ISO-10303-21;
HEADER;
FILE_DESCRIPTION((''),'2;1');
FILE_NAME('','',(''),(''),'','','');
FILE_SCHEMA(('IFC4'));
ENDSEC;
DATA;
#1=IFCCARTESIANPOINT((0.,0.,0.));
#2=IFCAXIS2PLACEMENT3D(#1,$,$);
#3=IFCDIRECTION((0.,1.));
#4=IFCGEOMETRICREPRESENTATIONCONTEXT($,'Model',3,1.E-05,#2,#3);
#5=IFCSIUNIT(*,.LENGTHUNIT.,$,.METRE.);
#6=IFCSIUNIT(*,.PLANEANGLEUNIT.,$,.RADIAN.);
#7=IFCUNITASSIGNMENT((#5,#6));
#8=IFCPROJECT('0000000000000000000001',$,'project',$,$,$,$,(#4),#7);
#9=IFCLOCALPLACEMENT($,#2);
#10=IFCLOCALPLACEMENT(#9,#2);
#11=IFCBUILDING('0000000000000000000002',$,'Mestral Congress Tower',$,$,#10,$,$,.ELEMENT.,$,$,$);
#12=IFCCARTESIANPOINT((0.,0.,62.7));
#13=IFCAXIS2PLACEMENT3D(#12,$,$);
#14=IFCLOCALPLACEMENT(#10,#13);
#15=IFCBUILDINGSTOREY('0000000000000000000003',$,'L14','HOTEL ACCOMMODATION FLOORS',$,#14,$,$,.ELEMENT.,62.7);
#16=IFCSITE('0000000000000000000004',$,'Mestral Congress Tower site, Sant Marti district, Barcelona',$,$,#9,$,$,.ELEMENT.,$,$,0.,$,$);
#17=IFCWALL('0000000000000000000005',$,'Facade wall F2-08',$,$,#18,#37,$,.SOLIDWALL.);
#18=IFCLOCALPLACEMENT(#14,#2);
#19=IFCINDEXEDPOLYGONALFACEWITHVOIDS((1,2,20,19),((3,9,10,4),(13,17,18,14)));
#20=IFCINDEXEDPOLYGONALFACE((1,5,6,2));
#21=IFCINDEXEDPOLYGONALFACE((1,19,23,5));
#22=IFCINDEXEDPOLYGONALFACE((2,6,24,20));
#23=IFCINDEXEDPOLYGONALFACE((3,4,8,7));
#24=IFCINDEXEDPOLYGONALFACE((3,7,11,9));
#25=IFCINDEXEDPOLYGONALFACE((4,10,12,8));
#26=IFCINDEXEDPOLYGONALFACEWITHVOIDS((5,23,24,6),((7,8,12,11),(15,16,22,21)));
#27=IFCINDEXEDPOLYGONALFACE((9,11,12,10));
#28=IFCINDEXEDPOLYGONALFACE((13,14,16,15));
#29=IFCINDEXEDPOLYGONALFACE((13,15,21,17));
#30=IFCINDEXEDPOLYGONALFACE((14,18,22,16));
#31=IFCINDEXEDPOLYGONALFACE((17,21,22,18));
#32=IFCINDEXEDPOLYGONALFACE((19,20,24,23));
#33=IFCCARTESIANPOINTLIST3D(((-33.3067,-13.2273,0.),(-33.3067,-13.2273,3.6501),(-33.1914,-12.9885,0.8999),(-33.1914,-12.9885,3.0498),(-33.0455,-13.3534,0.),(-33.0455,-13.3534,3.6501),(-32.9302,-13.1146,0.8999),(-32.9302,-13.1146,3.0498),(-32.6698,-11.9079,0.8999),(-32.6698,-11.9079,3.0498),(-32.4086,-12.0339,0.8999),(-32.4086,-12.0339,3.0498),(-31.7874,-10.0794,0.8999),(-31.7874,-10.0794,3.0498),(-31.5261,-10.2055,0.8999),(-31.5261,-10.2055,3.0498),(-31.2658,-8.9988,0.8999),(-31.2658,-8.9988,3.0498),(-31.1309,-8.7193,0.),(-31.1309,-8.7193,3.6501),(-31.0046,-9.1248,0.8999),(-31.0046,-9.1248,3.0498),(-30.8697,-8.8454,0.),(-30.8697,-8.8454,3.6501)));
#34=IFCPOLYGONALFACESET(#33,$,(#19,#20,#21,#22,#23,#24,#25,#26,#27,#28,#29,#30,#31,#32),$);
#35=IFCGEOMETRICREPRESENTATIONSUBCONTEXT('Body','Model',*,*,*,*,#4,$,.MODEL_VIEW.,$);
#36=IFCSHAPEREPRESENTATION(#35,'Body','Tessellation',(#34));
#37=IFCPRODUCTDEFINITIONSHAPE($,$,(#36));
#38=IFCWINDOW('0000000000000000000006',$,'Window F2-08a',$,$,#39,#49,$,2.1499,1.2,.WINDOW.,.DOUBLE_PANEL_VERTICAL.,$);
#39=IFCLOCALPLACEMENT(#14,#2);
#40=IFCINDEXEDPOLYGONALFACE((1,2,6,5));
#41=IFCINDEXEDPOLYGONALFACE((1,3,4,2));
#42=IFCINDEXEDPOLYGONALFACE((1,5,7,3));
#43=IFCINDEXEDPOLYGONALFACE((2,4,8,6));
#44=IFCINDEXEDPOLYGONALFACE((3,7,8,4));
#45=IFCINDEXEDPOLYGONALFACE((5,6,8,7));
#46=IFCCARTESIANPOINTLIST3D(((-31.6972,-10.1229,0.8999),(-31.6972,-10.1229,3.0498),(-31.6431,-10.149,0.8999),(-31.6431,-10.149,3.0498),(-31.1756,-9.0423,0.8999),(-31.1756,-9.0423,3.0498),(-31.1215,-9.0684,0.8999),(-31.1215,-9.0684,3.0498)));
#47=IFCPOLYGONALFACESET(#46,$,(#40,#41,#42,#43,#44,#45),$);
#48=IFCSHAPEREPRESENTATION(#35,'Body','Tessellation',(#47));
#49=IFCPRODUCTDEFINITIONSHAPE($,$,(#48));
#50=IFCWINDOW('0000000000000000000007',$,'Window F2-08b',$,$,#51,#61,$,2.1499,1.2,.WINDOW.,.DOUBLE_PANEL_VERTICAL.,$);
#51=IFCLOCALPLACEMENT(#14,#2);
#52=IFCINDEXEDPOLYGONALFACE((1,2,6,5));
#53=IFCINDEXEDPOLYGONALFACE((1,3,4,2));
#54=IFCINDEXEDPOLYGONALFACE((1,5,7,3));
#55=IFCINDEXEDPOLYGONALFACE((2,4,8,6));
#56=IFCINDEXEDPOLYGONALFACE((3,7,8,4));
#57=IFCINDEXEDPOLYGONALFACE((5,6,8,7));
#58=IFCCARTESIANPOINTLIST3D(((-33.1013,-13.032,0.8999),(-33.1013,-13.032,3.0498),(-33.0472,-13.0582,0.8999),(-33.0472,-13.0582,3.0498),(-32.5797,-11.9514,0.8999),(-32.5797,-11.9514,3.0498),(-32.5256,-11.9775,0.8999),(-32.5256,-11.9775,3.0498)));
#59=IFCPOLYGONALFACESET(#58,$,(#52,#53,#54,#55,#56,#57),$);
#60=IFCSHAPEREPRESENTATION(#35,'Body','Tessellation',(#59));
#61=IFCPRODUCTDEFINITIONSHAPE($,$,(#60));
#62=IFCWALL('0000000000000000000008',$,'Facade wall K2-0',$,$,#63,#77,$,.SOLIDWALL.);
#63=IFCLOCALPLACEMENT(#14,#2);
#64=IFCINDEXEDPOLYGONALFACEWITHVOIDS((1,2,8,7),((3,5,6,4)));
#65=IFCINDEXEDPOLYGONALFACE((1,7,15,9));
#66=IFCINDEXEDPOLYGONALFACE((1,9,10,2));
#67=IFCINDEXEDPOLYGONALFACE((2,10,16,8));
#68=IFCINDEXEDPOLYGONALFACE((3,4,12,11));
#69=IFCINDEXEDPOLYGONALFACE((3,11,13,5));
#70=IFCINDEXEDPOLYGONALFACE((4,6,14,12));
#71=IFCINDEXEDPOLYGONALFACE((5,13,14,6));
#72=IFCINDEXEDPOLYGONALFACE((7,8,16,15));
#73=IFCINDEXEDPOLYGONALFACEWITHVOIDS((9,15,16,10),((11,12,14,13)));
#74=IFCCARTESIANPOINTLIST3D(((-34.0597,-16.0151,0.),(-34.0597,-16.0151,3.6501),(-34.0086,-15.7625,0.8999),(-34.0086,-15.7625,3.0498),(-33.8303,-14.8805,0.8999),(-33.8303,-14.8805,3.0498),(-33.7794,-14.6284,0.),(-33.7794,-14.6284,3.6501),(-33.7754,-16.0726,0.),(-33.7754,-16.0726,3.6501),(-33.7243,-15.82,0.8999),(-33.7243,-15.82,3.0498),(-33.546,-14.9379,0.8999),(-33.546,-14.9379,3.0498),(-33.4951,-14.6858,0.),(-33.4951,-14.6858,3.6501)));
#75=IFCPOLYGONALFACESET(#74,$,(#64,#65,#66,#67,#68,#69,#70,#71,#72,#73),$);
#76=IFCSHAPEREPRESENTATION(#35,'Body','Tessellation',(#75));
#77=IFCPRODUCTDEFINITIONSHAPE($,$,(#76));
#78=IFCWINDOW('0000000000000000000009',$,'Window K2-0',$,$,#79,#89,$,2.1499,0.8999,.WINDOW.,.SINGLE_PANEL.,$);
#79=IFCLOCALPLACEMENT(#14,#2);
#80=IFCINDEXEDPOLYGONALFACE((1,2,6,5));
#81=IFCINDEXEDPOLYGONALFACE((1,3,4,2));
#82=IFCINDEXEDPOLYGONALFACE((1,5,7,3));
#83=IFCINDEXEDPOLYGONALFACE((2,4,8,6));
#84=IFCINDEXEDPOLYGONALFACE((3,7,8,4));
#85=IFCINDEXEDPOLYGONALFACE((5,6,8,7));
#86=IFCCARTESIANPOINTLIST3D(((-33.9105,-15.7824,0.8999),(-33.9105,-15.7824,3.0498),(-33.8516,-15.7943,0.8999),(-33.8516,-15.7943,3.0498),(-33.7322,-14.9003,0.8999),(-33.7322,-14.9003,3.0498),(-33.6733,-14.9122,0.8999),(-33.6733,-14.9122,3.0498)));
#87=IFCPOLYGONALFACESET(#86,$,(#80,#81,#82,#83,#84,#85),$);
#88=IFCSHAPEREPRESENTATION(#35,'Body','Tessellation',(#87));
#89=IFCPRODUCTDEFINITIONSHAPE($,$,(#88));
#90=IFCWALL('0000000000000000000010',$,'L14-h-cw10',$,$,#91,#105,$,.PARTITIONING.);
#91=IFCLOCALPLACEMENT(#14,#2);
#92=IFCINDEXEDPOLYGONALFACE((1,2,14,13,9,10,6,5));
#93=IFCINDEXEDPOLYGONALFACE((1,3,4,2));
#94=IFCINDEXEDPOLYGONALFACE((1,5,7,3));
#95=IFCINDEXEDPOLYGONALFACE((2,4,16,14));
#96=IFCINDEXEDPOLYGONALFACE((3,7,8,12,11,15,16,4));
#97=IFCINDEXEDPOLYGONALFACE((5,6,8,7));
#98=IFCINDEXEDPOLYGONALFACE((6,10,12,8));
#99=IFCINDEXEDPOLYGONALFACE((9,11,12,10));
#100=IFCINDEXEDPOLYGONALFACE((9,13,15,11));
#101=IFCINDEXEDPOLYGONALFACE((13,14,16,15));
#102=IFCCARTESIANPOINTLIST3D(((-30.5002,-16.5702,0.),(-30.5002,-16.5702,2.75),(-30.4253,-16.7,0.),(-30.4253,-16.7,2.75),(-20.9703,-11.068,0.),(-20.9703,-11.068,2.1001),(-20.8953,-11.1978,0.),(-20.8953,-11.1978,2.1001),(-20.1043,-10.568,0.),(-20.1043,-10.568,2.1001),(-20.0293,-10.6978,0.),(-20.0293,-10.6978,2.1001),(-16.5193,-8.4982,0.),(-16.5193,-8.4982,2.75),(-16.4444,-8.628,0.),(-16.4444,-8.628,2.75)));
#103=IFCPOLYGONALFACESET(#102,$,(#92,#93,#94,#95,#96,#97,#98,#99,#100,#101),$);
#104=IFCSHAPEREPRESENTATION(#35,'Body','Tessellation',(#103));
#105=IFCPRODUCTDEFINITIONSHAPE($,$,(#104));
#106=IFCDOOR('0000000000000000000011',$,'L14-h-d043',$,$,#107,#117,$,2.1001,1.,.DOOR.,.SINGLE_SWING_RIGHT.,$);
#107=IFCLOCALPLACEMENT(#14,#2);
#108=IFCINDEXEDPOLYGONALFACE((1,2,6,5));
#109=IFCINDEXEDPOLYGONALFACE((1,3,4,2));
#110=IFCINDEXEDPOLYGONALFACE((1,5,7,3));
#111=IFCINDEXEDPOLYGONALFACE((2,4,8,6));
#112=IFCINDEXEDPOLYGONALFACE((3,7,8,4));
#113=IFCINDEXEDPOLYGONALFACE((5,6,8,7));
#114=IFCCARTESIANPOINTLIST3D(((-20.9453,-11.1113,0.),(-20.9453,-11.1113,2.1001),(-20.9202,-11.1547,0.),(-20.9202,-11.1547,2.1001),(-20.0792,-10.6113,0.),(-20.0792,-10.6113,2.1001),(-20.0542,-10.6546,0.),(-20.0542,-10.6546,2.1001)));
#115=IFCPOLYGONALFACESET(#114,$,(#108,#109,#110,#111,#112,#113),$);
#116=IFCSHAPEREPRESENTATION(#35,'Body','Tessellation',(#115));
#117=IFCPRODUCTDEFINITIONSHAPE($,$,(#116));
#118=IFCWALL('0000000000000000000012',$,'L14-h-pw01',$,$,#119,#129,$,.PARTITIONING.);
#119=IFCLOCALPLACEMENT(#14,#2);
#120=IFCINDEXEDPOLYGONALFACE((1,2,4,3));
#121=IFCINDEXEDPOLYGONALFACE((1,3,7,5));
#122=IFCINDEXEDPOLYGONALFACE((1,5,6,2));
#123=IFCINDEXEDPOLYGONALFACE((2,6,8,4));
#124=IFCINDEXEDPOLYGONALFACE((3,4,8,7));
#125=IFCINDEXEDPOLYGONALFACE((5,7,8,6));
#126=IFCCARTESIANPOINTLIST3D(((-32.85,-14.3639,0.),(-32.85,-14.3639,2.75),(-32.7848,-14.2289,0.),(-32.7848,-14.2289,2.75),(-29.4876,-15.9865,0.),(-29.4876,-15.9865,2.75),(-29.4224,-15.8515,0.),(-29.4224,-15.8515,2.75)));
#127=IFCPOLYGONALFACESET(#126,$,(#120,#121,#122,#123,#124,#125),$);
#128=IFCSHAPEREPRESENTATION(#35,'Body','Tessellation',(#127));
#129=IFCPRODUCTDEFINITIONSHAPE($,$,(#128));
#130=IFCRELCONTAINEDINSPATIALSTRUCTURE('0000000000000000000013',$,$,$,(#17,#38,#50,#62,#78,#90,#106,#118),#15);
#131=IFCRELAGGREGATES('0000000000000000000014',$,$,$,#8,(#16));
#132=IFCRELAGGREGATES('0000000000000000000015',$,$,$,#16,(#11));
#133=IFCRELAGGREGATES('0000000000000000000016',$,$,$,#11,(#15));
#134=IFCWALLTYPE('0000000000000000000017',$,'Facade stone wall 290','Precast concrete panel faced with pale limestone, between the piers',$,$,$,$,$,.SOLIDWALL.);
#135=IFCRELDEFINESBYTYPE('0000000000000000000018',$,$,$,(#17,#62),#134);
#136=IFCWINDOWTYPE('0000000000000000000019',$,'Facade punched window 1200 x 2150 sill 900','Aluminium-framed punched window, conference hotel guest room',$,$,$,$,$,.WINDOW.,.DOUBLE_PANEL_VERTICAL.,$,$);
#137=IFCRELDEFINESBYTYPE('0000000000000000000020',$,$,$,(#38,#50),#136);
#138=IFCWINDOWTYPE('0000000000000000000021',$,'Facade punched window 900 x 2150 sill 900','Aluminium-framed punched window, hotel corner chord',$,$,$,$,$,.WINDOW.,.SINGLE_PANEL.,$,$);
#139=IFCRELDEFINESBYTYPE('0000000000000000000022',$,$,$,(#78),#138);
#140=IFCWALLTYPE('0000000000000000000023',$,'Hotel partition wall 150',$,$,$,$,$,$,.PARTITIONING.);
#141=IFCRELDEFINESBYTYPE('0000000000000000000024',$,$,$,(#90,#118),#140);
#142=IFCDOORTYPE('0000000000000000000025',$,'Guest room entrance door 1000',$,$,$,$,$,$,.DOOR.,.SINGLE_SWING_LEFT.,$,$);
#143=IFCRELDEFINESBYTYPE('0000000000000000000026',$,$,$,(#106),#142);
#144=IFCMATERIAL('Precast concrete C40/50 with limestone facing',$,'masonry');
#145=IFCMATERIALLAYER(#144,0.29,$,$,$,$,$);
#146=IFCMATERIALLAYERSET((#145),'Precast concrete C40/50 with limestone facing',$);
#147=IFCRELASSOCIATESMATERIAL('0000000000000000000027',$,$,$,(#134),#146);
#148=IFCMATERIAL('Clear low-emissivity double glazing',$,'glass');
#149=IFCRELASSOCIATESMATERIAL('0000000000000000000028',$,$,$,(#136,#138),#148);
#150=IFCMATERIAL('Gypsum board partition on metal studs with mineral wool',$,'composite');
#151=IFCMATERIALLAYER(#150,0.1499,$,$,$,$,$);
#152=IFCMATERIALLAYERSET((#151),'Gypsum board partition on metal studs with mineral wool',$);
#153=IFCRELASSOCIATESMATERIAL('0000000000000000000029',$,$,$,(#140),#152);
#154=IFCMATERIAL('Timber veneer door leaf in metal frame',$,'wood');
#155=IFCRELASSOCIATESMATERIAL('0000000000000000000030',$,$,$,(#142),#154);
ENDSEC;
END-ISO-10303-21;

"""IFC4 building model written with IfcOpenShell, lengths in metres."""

from ifc_helpers import new_model, si_unit, direction, frame, frame_2d, origin, place, context, subcontext, project, spatial, rectangle, extrude, material, layer, layer_set, type_object, element, fill, save


model = new_model("IFC4")

# Units and contexts
model_context = context("Model", 3, precision=1e-05, world=origin(), true_north=direction((0.0, 1.0)))
body_context = subcontext(model_context, "Body", "Model", "MODEL_VIEW")
ifc_project = project(units=[si_unit("LENGTHUNIT", "METRE"), si_unit("PLANEANGLEUNIT", "RADIAN")], contexts=[model_context])

# Site, building, storey
site_placement = place(None, origin())
site = spatial("IfcSite", under=ifc_project, at=site_placement, Name="Mestral Congress Tower site, Sant Marti district, Barcelona", CompositionType="ELEMENT", RefElevation=0.0)
building_placement = place(site_placement, origin())
building = spatial("IfcBuilding", under=site, at=building_placement, Name="Mestral Congress Tower", CompositionType="ELEMENT")
storey_placement = place(building_placement, frame((0.0, 0.0, 62.7)))
storey = spatial("IfcBuildingStorey", under=building, at=storey_placement, Name="L14", Description="HOTEL ACCOMMODATION FLOORS", CompositionType="ELEMENT", Elevation=62.7)

# Wall, openings, windows
ifc_material_1 = material(Name="Precast concrete C40/50 with limestone facing", Category="masonry")
ifc_layer_1 = layer(ifc_material_1, 0.29)
ifc_layer_set_1 = layer_set([ifc_layer_1], Name="Precast concrete C40/50 with limestone facing")
wall_type_1 = type_object("IfcWallType", Name="Facade stone wall 290", Description="Precast concrete panel faced with pale limestone, between the piers", PredefinedType="SOLIDWALL", material=ifc_layer_set_1)
wall_1_placement = place(storey_placement, frame((-31.0002, -8.7822, 0.0), z_axis=(0.0, 0.0, 1.0), x_axis=(-0.434664, -0.900592, 0.0)))
wall_1 = element("IfcWall", 1, at=wall_1_placement, inside=storey, type_object=wall_type_1, Name="Facade wall F2-08", PredefinedType="SOLIDWALL", context=body_context, shape_type="SweptSolid", body=[
    extrude(rectangle(XDim=5.0056, YDim=0.29, at=frame_2d((2.5029, 0.0))), origin(), (0.0, 0.0, 1.0), 3.6501),
])
opening_1_placement = place(wall_1_placement, frame((0.3103, 0.0, 0.8999)))
opening_1 = element("IfcOpeningElement", 2, at=opening_1_placement, cuts=wall_1, PredefinedType="OPENING", context=body_context, shape_type="SweptSolid", body=[
    extrude(rectangle(XDim=1.2, YDim=2.1499, at=frame_2d((0.6001, 1.075))), frame((0.0, 0.155, 0.0), z_axis=(0.0, -1.0, 0.0), x_axis=(1.0, 0.0, 0.0)), (0.0, 0.0, 1.0), 0.3101),
])
opening_2_placement = place(wall_1_placement, frame((3.5405, 0.0, 0.8999)))
opening_2 = element("IfcOpeningElement", 3, at=opening_2_placement, cuts=wall_1, PredefinedType="OPENING", context=body_context, shape_type="SweptSolid", body=[
    extrude(rectangle(XDim=1.2, YDim=2.1499, at=frame_2d((0.6001, 1.075))), frame((0.0, 0.155, 0.0), z_axis=(0.0, -1.0, 0.0), x_axis=(1.0, 0.0, 0.0)), (0.0, 0.0, 1.0), 0.3101),
])
ifc_material_2 = material(Name="Clear low-emissivity double glazing", Category="glass")
window_type_1 = type_object("IfcWindowType", Name="Facade punched window 1200 x 2150 sill 900", Description="Aluminium-framed punched window, conference hotel guest room", PartitioningType="DOUBLE_PANEL_VERTICAL", PredefinedType="WINDOW", material=ifc_material_2)
window_1_placement = place(opening_1_placement, origin())
window_1 = element("IfcWindow", 4, at=window_1_placement, inside=storey, type_object=window_type_1, Name="Window F2-08a", OverallHeight=2.1499, OverallWidth=1.2, PartitioningType="DOUBLE_PANEL_VERTICAL", PredefinedType="WINDOW", context=body_context, shape_type="SweptSolid", body=[
    extrude(rectangle(XDim=1.2, YDim=2.1499, at=frame_2d((0.6001, 1.075))), frame((0.0, 0.0151, 0.0), z_axis=(0.0, -1.0, 0.0), x_axis=(1.0, 0.0, 0.0)), (0.0, 0.0, 1.0), 0.0601),
])
fill(opening_1, window_1)
window_2_placement = place(opening_2_placement, origin())
window_2 = element("IfcWindow", 5, at=window_2_placement, inside=storey, type_object=window_type_1, Name="Window F2-08b", OverallHeight=2.1499, OverallWidth=1.2, PartitioningType="DOUBLE_PANEL_VERTICAL", PredefinedType="WINDOW", context=body_context, shape_type="SweptSolid", body=[
    extrude(rectangle(XDim=1.2, YDim=2.1499, at=frame_2d((0.6001, 1.075))), frame((0.0, 0.0151, 0.0), z_axis=(0.0, -1.0, 0.0), x_axis=(1.0, 0.0, 0.0)), (0.0, 0.0, 1.0), 0.0601),
])
fill(opening_2, window_2)

# Wall, opening, window
wall_2_placement = place(storey_placement, frame((-33.6372, -14.657, 0.0), z_axis=(0.0, 0.0, 1.0), x_axis=(-0.198107, -0.98018, 0.0)))
wall_2 = element("IfcWall", 6, at=wall_2_placement, inside=storey, type_object=wall_type_1, Name="Facade wall K2-0", PredefinedType="SOLIDWALL", context=body_context, shape_type="SweptSolid", body=[
    extrude(rectangle(XDim=1.4148, YDim=0.29, at=frame_2d((0.7075, 0.0))), origin(), (0.0, 0.0, 1.0), 3.6501),
])
opening_3_placement = place(wall_2_placement, frame((0.2573, 0.0, 0.8999)))
opening_3 = element("IfcOpeningElement", 7, at=opening_3_placement, cuts=wall_2, PredefinedType="OPENING", context=body_context, shape_type="SweptSolid", body=[
    extrude(rectangle(XDim=0.8999, YDim=2.1499, at=frame_2d((0.45, 1.075))), frame((0.0, 0.155, 0.0), z_axis=(0.0, -1.0, 0.0), x_axis=(1.0, 0.0, 0.0)), (0.0, 0.0, 1.0), 0.3101),
])
window_type_2 = type_object("IfcWindowType", Name="Facade punched window 900 x 2150 sill 900", Description="Aluminium-framed punched window, hotel corner chord", PartitioningType="SINGLE_PANEL", PredefinedType="WINDOW", material=ifc_material_2)
window_3_placement = place(opening_3_placement, origin())
window_3 = element("IfcWindow", 8, at=window_3_placement, inside=storey, type_object=window_type_2, Name="Window K2-0", OverallHeight=2.1499, OverallWidth=0.8999, PartitioningType="SINGLE_PANEL", PredefinedType="WINDOW", context=body_context, shape_type="SweptSolid", body=[
    extrude(rectangle(XDim=0.8999, YDim=2.1499, at=frame_2d((0.45, 1.075))), frame((0.0, 0.0151, 0.0), z_axis=(0.0, -1.0, 0.0), x_axis=(1.0, 0.0, 0.0)), (0.0, 0.0, 1.0), 0.0601),
])
fill(opening_3, window_3)

# Wall, opening, door
ifc_material_3 = material(Name="Gypsum board partition on metal studs with mineral wool", Category="composite")
ifc_layer_2 = layer(ifc_material_3, 0.1499)
ifc_layer_set_2 = layer_set([ifc_layer_2], Name="Gypsum board partition on metal studs with mineral wool")
wall_type_2 = type_object("IfcWallType", Name="Hotel partition wall 150", PredefinedType="PARTITIONING", material=ifc_layer_set_2)
wall_3_placement = place(storey_placement, frame((-30.4626, -16.635, 0.0), z_axis=(0.0, 0.0, 1.0), x_axis=(0.866022, 0.500005, 0.0)))
wall_3 = element("IfcWall", 9, at=wall_3_placement, inside=storey, type_object=wall_type_2, Name="L14-h-cw10", PredefinedType="PARTITIONING", context=body_context, shape_type="SweptSolid", body=[
    extrude(rectangle(XDim=16.1438, YDim=0.1499, at=frame_2d((8.0718, 0.0))), origin(), (0.0, 0.0, 1.0), 2.75),
])
opening_4_placement = place(wall_3_placement, frame((11.0042, 0.0, 0.0)))
opening_4 = element("IfcOpeningElement", 10, at=opening_4_placement, cuts=wall_3, PredefinedType="OPENING", context=body_context, shape_type="SweptSolid", body=[
    extrude(rectangle(XDim=1.0, YDim=2.1001, at=frame_2d((0.5, 1.05))), frame((0.0, 0.085, 0.0), z_axis=(0.0, -1.0, 0.0), x_axis=(1.0, 0.0, 0.0)), (0.0, 0.0, 1.0), 0.1699),
])
ifc_material_4 = material(Name="Timber veneer door leaf in metal frame", Category="wood")
door_type = type_object("IfcDoorType", Name="Guest room entrance door 1000", OperationType="SINGLE_SWING_LEFT", PredefinedType="DOOR", material=ifc_material_4)
door_placement = place(opening_4_placement, origin())
door = element("IfcDoor", 11, at=door_placement, inside=storey, type_object=door_type, Name="L14-h-d043", OperationType="SINGLE_SWING_RIGHT", OverallHeight=2.1001, OverallWidth=1.0, PredefinedType="DOOR", context=body_context, shape_type="SweptSolid", body=[
    extrude(rectangle(XDim=1.0, YDim=2.1001, at=frame_2d((0.5, 1.05))), frame((0.0, 0.0249, 0.0), z_axis=(0.0, -1.0, 0.0), x_axis=(1.0, 0.0, 0.0)), (0.0, 0.0, 1.0), 0.05),
])
fill(opening_4, door)

# Wall
wall_4_placement = place(storey_placement, frame((-32.8174, -14.2964, 0.0), z_axis=(0.0, 0.0, 1.0), x_axis=(0.900617, -0.434614, 0.0)))
element("IfcWall", 12, at=wall_4_placement, inside=storey, type_object=wall_type_2, Name="L14-h-pw01", PredefinedType="PARTITIONING", context=body_context, shape_type="SweptSolid", body=[
    extrude(rectangle(XDim=3.7334, YDim=0.1499, at=frame_2d((1.8667, 0.0))), origin(), (0.0, 0.0, 1.0), 2.75),
])

save(model, "model.ifc")
